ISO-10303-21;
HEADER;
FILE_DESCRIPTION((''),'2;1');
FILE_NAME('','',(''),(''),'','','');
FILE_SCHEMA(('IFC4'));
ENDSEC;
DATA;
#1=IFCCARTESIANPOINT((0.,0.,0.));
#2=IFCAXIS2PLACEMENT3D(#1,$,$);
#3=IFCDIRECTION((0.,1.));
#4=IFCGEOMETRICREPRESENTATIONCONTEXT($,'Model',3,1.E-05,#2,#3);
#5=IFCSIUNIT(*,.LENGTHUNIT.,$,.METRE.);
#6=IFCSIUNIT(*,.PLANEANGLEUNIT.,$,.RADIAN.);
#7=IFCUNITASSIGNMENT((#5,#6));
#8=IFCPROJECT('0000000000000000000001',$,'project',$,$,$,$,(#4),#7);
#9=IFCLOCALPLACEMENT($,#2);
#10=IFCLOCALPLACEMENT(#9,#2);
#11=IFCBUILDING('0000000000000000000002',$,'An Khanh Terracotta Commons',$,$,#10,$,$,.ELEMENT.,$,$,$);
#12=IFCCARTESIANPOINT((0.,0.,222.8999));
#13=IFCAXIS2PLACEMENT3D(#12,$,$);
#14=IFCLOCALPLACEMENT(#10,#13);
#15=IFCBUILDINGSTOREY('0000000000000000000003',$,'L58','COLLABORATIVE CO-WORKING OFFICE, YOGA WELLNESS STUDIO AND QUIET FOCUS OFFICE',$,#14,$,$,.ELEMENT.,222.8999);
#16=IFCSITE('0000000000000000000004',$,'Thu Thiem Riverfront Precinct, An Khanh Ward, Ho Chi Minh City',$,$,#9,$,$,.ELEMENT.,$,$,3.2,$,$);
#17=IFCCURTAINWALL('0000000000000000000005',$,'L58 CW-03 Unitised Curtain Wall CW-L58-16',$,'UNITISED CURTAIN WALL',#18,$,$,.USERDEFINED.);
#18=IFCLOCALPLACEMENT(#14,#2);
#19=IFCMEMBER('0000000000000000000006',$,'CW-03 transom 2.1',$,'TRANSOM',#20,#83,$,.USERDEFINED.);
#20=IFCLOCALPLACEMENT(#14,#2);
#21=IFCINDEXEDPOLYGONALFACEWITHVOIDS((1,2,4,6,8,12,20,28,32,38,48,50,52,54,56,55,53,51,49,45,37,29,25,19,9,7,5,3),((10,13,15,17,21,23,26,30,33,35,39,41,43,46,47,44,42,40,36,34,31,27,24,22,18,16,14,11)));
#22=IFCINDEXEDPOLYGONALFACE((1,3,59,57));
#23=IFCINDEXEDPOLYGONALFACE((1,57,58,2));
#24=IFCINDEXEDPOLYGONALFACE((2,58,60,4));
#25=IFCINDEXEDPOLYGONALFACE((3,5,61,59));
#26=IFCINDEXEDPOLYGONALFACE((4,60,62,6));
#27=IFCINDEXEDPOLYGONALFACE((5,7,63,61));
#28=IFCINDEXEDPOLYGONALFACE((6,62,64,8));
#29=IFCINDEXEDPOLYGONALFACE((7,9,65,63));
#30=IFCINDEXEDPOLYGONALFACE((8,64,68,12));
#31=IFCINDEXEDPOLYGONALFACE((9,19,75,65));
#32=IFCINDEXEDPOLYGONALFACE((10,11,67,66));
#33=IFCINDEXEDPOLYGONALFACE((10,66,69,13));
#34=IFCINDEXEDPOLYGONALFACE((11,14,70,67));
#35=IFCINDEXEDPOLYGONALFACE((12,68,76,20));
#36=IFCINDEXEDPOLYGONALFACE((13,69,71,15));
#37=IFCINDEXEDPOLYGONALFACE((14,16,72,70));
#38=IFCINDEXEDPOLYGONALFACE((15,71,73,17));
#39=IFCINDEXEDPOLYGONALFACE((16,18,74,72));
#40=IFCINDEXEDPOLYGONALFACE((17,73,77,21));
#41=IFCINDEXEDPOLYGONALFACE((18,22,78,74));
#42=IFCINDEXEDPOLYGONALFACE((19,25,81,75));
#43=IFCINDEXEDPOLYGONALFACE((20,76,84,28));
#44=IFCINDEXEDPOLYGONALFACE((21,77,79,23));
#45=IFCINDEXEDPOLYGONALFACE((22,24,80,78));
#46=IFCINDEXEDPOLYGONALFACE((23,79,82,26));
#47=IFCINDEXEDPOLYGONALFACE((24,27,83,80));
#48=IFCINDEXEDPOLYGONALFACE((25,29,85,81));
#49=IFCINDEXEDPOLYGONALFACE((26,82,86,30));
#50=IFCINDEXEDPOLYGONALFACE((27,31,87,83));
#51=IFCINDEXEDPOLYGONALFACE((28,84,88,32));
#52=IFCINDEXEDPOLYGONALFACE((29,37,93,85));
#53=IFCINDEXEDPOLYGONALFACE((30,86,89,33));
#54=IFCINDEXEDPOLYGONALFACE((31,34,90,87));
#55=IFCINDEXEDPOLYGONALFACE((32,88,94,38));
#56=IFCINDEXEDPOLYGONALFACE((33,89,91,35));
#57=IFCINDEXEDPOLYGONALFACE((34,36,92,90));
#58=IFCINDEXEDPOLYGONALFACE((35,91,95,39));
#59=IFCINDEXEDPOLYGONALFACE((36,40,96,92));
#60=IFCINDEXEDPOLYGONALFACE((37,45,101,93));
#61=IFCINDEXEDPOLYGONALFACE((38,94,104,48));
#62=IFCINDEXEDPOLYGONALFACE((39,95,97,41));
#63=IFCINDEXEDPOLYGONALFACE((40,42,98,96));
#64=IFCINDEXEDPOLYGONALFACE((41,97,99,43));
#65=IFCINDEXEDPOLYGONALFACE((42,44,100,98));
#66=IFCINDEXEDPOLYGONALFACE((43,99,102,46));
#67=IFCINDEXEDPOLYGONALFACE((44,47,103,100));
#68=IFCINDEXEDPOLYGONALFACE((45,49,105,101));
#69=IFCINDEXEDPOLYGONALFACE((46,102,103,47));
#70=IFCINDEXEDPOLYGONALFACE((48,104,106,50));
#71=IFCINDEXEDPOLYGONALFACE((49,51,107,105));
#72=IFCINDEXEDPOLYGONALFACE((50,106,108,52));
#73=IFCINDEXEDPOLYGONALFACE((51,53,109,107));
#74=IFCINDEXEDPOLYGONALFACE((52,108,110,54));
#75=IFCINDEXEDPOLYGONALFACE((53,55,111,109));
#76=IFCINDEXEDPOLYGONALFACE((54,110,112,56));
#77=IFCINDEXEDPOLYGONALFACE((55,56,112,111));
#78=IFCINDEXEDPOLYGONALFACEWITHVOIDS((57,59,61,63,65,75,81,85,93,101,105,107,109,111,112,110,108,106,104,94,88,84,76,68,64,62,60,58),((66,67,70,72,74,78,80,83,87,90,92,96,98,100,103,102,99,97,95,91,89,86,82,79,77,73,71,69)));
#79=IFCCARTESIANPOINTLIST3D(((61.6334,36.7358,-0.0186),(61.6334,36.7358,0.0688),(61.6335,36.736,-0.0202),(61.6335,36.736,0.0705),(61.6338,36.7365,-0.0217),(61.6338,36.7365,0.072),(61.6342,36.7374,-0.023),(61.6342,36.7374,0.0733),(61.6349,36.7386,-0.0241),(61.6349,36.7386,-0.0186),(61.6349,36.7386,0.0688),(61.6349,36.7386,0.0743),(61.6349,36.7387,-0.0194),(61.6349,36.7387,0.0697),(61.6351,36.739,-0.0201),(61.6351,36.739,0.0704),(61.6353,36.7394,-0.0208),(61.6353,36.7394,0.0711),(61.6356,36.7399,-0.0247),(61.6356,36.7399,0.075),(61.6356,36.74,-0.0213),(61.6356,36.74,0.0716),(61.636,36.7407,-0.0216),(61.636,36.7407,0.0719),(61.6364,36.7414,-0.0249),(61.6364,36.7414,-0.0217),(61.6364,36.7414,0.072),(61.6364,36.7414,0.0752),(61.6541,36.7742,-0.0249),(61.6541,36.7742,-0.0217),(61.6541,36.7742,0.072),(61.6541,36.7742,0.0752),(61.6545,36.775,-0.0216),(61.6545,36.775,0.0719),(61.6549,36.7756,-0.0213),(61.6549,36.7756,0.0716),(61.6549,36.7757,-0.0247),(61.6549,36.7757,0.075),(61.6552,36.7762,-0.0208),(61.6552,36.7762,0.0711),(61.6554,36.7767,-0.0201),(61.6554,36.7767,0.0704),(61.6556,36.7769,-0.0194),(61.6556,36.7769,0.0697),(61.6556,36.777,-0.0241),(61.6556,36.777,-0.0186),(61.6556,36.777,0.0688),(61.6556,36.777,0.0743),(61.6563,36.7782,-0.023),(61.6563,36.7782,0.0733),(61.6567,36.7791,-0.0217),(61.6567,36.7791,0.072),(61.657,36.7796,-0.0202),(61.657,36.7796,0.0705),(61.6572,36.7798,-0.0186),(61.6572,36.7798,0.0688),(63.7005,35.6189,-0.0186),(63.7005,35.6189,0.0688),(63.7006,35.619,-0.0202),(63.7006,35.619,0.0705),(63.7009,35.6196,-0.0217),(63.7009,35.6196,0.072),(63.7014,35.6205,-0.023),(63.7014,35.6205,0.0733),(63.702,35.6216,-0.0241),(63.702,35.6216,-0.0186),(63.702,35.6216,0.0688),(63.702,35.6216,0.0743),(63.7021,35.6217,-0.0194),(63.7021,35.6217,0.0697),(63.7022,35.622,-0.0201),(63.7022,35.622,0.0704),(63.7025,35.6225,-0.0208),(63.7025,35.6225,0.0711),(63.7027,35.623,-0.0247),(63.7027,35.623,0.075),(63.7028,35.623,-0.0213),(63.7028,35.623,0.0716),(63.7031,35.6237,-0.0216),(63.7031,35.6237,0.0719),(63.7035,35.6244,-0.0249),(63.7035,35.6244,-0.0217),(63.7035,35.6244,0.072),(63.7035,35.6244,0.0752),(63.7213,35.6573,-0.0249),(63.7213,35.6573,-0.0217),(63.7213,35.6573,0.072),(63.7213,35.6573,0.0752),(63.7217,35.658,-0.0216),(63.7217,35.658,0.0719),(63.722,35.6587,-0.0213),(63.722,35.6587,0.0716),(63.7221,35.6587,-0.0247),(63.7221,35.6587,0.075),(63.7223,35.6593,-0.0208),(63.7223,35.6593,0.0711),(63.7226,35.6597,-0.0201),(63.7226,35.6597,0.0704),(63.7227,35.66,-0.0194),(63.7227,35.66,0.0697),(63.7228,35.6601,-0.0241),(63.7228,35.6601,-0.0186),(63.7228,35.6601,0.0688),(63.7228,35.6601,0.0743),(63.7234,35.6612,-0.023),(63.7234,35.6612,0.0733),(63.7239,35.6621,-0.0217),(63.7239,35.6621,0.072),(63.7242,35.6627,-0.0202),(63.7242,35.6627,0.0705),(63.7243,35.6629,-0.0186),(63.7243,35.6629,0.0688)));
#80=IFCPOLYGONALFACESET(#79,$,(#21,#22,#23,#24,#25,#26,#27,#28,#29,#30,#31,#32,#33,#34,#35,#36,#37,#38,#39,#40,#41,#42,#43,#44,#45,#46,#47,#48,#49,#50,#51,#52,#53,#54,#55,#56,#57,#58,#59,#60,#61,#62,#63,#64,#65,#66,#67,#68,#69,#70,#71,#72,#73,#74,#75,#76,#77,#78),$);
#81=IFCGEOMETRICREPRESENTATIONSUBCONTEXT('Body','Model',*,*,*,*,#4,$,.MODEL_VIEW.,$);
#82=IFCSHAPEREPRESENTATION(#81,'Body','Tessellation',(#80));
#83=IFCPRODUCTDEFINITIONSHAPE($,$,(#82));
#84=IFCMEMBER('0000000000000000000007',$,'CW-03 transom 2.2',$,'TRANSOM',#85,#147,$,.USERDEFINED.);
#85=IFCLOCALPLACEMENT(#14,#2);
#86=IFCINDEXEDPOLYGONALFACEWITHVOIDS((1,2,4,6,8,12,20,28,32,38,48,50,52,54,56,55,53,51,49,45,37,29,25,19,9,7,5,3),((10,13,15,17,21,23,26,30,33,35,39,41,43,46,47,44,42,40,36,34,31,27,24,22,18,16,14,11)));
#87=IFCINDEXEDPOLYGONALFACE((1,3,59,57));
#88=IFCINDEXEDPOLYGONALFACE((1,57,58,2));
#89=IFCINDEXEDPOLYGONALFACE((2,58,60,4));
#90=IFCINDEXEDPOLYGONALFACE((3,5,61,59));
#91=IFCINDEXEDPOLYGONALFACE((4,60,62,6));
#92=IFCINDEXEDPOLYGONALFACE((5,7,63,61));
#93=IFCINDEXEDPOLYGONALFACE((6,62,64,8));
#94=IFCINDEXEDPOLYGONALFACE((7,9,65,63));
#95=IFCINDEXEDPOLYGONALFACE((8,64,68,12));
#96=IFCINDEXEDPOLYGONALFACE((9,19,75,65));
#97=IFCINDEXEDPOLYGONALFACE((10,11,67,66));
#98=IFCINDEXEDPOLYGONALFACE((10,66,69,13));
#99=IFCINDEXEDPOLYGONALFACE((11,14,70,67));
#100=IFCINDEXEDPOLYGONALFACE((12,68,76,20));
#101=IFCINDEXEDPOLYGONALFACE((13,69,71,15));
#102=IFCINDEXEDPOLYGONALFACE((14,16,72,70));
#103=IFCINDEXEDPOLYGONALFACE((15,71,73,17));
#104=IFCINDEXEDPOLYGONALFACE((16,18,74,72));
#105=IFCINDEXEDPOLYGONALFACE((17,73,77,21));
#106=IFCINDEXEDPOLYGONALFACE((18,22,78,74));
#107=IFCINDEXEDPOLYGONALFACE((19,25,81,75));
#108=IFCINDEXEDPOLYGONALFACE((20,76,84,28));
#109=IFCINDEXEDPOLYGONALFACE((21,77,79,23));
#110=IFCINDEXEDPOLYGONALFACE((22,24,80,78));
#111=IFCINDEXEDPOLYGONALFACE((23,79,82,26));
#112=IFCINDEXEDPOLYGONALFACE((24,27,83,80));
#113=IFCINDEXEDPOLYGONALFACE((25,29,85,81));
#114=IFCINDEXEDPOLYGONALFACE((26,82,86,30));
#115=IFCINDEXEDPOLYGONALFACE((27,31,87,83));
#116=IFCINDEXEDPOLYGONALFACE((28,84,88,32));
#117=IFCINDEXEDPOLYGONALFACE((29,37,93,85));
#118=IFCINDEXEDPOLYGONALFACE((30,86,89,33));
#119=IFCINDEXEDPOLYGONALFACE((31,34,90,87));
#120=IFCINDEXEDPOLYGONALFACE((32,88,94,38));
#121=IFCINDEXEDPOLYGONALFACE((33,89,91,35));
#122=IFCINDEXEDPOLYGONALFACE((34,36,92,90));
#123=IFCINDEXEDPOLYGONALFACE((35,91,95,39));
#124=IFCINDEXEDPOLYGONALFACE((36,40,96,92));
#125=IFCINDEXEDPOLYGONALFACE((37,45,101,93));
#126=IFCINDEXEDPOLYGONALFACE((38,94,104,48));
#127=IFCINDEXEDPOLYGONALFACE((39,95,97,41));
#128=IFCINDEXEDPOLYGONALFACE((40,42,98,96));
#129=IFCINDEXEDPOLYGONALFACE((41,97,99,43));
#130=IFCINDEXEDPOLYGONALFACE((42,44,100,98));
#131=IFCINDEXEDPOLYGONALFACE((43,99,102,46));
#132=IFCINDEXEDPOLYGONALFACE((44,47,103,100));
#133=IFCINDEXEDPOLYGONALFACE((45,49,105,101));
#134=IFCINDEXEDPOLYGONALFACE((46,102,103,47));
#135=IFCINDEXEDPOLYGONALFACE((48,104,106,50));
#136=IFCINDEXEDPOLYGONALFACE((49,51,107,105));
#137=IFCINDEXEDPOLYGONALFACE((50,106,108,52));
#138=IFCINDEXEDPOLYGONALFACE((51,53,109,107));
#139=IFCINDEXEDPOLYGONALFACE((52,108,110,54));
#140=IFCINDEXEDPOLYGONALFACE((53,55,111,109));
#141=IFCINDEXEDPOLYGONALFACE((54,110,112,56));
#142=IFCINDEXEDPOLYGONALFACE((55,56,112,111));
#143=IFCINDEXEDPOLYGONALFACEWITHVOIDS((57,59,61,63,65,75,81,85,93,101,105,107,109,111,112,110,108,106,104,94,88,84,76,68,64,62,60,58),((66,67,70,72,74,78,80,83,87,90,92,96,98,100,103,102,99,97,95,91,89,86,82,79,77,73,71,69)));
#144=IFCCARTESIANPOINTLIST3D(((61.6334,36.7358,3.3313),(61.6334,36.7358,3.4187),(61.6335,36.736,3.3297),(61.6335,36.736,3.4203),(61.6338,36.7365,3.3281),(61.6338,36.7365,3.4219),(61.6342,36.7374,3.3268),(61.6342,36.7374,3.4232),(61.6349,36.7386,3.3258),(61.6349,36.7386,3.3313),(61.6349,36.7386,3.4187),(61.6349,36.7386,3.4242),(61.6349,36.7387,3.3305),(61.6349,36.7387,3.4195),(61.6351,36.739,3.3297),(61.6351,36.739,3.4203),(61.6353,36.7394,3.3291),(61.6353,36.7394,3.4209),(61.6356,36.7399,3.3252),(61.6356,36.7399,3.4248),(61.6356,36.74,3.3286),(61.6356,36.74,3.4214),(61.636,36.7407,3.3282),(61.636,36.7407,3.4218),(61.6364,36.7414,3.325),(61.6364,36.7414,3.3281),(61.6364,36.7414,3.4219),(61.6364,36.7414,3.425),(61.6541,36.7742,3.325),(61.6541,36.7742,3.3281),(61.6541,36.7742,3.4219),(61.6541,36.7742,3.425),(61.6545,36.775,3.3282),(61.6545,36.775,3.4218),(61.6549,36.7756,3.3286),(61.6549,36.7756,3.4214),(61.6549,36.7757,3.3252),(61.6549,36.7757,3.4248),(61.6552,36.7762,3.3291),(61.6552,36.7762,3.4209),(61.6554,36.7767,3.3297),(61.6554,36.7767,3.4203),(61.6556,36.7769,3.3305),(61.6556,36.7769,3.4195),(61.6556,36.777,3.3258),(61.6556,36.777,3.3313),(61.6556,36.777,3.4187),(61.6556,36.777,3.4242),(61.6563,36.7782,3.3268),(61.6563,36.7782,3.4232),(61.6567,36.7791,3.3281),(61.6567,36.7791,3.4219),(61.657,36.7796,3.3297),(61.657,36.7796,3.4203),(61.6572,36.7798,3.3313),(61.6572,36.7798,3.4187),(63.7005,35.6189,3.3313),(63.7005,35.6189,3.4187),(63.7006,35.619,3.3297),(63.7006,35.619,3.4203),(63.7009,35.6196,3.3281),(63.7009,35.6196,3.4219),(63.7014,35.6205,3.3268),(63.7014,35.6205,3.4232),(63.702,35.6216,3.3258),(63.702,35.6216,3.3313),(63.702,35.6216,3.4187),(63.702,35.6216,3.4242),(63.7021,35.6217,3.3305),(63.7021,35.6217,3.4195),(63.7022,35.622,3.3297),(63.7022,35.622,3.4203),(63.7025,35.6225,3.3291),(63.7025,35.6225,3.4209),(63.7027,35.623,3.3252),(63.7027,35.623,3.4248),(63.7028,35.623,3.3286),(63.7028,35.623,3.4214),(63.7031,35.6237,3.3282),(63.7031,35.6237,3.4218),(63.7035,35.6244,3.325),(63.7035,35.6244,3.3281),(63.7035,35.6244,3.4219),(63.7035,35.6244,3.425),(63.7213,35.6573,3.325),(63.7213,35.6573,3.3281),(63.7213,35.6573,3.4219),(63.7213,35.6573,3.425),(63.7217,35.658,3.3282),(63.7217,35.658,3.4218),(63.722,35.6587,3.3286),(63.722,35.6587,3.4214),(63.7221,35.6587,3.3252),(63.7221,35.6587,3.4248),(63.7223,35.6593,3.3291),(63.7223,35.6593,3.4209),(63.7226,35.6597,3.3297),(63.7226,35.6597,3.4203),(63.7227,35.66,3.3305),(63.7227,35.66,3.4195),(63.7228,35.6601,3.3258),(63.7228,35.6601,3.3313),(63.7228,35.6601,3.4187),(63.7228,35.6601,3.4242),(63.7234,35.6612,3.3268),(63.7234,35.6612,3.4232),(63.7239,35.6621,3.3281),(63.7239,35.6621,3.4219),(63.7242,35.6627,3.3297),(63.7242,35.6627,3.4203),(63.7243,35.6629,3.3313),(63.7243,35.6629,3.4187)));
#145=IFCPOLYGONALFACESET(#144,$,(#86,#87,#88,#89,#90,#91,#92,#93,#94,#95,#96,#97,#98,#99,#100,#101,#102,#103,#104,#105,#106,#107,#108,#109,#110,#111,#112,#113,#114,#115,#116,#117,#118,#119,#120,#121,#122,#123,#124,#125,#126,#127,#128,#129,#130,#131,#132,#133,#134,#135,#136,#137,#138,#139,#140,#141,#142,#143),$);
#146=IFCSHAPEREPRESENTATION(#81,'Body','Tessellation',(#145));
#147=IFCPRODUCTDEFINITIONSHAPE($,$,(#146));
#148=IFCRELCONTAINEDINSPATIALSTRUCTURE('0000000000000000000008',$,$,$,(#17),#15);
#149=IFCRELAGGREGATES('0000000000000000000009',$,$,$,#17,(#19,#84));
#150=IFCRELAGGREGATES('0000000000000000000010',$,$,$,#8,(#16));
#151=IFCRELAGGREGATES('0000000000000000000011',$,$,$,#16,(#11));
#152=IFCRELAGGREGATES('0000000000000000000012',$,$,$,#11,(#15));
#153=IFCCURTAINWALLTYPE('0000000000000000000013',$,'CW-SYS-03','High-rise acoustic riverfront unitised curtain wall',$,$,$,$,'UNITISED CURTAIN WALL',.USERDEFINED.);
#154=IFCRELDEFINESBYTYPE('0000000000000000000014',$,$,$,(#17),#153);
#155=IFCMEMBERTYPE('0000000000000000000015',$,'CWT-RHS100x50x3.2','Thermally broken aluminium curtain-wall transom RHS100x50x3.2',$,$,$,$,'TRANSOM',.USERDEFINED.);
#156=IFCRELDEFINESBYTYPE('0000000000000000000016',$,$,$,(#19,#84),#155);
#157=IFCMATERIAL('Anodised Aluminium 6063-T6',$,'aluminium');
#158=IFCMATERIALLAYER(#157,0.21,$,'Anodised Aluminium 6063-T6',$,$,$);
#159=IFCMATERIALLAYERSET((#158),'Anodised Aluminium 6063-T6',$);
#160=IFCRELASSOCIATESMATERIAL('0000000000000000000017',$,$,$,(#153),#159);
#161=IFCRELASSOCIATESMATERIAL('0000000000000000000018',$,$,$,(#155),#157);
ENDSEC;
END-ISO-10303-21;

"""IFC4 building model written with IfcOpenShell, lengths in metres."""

from ifc_helpers import new_model, si_unit, direction, frame, origin, origin_2d, place, context, subcontext, project, spatial, hollow_rectangle, extrude, material, layer, layer_set, material_profile, profile_set, type_object, element, aggregate, save


model = new_model("IFC4")

# Units and contexts
model_context = context("Model", 3, precision=1e-05, world=origin(), true_north=direction((0.0, 1.0)))
body_context = subcontext(model_context, "Body", "Model", "MODEL_VIEW")
ifc_project = project(units=[si_unit("LENGTHUNIT", "METRE"), si_unit("PLANEANGLEUNIT", "RADIAN")], contexts=[model_context])

# Site, building, storey
site_placement = place(None, origin())
site = spatial("IfcSite", under=ifc_project, at=site_placement, Name="Thu Thiem Riverfront Precinct, An Khanh Ward, Ho Chi Minh City", CompositionType="ELEMENT", RefElevation=3.2)
building_placement = place(site_placement, origin())
building = spatial("IfcBuilding", under=site, at=building_placement, Name="An Khanh Terracotta Commons", CompositionType="ELEMENT")
storey_placement = place(building_placement, frame((0.0, 0.0, 222.8999)))
storey = spatial("IfcBuildingStorey", under=building, at=storey_placement, Name="L58", Description="COLLABORATIVE CO-WORKING OFFICE, YOGA WELLNESS STUDIO AND QUIET FOCUS OFFICE", CompositionType="ELEMENT", Elevation=222.8999)

# Curtain wall
ifc_material_1 = material(Name="Anodised Aluminium 6063-T6", Category="aluminium")
ifc_layer_1 = layer(ifc_material_1, 0.21, Name="Anodised Aluminium 6063-T6")
ifc_layer_set_1 = layer_set([ifc_layer_1], Name="Anodised Aluminium 6063-T6")
curtain_wall_type = type_object("IfcCurtainWallType", Name="CW-SYS-03", Description="High-rise acoustic riverfront unitised curtain wall", ElementType="UNITISED CURTAIN WALL", PredefinedType="USERDEFINED", material=ifc_layer_set_1)
curtain_wall_1_placement = place(storey_placement, origin())
curtain_wall_1 = element("IfcCurtainWall", 1, at=curtain_wall_1_placement, inside=storey, type_object=curtain_wall_type, Name="L58 CW-03 Unitised Curtain Wall CW-L58-16", ObjectType="UNITISED CURTAIN WALL", PredefinedType="USERDEFINED")

# Members
ifc_material_profile_1 = material_profile(ifc_material_1, hollow_rectangle(XDim=0.05, YDim=0.1001, WallThickness=0.0032, InnerFilletRadius=0.0032, OuterFilletRadius=0.0063, at=origin_2d()), Name="RHS100x50x3.2")
ifc_profile_set_1 = profile_set([ifc_material_profile_1], Name="Anodised Aluminium 6063-T6")
member_type_1 = type_object("IfcMemberType", Name="CWT-RHS100x50x3.2", Description="Thermally broken aluminium curtain-wall transom RHS100x50x3.2", ElementType="TRANSOM", PredefinedType="USERDEFINED", material=ifc_profile_set_1)
member_1_placement = place(storey_placement, frame((63.7124, 35.6409, 0.0251), z_axis=(-0.879783, 0.475376, 0.0), x_axis=(-0.475376, -0.879783, 0.0)))
member_1 = element("IfcMember", 2, at=member_1_placement, type_object=member_type_1, Name="CW-03 transom 2.1", ObjectType="TRANSOM", PredefinedType="USERDEFINED", context=body_context, shape_type="SweptSolid", body=[
    extrude(hollow_rectangle(XDim=0.05, YDim=0.1001, WallThickness=0.0032, InnerFilletRadius=0.0032, OuterFilletRadius=0.0063, at=origin_2d()), origin(), (0.0, 0.0, 1.0), 2.3496),
])
member_2_placement = place(storey_placement, frame((63.7124, 35.6409, 3.375), z_axis=(-0.879783, 0.475376, 0.0), x_axis=(-0.475376, -0.879783, 0.0)))
member_2 = element("IfcMember", 3, at=member_2_placement, type_object=member_type_1, Name="CW-03 transom 2.2", ObjectType="TRANSOM", PredefinedType="USERDEFINED", context=body_context, shape_type="SweptSolid", body=[
    extrude(hollow_rectangle(XDim=0.05, YDim=0.1001, WallThickness=0.0032, InnerFilletRadius=0.0032, OuterFilletRadius=0.0063, at=origin_2d()), origin(), (0.0, 0.0, 1.0), 2.3496),
])

aggregate(curtain_wall_1, [member_1, member_2])

save(model, "model.ifc")
